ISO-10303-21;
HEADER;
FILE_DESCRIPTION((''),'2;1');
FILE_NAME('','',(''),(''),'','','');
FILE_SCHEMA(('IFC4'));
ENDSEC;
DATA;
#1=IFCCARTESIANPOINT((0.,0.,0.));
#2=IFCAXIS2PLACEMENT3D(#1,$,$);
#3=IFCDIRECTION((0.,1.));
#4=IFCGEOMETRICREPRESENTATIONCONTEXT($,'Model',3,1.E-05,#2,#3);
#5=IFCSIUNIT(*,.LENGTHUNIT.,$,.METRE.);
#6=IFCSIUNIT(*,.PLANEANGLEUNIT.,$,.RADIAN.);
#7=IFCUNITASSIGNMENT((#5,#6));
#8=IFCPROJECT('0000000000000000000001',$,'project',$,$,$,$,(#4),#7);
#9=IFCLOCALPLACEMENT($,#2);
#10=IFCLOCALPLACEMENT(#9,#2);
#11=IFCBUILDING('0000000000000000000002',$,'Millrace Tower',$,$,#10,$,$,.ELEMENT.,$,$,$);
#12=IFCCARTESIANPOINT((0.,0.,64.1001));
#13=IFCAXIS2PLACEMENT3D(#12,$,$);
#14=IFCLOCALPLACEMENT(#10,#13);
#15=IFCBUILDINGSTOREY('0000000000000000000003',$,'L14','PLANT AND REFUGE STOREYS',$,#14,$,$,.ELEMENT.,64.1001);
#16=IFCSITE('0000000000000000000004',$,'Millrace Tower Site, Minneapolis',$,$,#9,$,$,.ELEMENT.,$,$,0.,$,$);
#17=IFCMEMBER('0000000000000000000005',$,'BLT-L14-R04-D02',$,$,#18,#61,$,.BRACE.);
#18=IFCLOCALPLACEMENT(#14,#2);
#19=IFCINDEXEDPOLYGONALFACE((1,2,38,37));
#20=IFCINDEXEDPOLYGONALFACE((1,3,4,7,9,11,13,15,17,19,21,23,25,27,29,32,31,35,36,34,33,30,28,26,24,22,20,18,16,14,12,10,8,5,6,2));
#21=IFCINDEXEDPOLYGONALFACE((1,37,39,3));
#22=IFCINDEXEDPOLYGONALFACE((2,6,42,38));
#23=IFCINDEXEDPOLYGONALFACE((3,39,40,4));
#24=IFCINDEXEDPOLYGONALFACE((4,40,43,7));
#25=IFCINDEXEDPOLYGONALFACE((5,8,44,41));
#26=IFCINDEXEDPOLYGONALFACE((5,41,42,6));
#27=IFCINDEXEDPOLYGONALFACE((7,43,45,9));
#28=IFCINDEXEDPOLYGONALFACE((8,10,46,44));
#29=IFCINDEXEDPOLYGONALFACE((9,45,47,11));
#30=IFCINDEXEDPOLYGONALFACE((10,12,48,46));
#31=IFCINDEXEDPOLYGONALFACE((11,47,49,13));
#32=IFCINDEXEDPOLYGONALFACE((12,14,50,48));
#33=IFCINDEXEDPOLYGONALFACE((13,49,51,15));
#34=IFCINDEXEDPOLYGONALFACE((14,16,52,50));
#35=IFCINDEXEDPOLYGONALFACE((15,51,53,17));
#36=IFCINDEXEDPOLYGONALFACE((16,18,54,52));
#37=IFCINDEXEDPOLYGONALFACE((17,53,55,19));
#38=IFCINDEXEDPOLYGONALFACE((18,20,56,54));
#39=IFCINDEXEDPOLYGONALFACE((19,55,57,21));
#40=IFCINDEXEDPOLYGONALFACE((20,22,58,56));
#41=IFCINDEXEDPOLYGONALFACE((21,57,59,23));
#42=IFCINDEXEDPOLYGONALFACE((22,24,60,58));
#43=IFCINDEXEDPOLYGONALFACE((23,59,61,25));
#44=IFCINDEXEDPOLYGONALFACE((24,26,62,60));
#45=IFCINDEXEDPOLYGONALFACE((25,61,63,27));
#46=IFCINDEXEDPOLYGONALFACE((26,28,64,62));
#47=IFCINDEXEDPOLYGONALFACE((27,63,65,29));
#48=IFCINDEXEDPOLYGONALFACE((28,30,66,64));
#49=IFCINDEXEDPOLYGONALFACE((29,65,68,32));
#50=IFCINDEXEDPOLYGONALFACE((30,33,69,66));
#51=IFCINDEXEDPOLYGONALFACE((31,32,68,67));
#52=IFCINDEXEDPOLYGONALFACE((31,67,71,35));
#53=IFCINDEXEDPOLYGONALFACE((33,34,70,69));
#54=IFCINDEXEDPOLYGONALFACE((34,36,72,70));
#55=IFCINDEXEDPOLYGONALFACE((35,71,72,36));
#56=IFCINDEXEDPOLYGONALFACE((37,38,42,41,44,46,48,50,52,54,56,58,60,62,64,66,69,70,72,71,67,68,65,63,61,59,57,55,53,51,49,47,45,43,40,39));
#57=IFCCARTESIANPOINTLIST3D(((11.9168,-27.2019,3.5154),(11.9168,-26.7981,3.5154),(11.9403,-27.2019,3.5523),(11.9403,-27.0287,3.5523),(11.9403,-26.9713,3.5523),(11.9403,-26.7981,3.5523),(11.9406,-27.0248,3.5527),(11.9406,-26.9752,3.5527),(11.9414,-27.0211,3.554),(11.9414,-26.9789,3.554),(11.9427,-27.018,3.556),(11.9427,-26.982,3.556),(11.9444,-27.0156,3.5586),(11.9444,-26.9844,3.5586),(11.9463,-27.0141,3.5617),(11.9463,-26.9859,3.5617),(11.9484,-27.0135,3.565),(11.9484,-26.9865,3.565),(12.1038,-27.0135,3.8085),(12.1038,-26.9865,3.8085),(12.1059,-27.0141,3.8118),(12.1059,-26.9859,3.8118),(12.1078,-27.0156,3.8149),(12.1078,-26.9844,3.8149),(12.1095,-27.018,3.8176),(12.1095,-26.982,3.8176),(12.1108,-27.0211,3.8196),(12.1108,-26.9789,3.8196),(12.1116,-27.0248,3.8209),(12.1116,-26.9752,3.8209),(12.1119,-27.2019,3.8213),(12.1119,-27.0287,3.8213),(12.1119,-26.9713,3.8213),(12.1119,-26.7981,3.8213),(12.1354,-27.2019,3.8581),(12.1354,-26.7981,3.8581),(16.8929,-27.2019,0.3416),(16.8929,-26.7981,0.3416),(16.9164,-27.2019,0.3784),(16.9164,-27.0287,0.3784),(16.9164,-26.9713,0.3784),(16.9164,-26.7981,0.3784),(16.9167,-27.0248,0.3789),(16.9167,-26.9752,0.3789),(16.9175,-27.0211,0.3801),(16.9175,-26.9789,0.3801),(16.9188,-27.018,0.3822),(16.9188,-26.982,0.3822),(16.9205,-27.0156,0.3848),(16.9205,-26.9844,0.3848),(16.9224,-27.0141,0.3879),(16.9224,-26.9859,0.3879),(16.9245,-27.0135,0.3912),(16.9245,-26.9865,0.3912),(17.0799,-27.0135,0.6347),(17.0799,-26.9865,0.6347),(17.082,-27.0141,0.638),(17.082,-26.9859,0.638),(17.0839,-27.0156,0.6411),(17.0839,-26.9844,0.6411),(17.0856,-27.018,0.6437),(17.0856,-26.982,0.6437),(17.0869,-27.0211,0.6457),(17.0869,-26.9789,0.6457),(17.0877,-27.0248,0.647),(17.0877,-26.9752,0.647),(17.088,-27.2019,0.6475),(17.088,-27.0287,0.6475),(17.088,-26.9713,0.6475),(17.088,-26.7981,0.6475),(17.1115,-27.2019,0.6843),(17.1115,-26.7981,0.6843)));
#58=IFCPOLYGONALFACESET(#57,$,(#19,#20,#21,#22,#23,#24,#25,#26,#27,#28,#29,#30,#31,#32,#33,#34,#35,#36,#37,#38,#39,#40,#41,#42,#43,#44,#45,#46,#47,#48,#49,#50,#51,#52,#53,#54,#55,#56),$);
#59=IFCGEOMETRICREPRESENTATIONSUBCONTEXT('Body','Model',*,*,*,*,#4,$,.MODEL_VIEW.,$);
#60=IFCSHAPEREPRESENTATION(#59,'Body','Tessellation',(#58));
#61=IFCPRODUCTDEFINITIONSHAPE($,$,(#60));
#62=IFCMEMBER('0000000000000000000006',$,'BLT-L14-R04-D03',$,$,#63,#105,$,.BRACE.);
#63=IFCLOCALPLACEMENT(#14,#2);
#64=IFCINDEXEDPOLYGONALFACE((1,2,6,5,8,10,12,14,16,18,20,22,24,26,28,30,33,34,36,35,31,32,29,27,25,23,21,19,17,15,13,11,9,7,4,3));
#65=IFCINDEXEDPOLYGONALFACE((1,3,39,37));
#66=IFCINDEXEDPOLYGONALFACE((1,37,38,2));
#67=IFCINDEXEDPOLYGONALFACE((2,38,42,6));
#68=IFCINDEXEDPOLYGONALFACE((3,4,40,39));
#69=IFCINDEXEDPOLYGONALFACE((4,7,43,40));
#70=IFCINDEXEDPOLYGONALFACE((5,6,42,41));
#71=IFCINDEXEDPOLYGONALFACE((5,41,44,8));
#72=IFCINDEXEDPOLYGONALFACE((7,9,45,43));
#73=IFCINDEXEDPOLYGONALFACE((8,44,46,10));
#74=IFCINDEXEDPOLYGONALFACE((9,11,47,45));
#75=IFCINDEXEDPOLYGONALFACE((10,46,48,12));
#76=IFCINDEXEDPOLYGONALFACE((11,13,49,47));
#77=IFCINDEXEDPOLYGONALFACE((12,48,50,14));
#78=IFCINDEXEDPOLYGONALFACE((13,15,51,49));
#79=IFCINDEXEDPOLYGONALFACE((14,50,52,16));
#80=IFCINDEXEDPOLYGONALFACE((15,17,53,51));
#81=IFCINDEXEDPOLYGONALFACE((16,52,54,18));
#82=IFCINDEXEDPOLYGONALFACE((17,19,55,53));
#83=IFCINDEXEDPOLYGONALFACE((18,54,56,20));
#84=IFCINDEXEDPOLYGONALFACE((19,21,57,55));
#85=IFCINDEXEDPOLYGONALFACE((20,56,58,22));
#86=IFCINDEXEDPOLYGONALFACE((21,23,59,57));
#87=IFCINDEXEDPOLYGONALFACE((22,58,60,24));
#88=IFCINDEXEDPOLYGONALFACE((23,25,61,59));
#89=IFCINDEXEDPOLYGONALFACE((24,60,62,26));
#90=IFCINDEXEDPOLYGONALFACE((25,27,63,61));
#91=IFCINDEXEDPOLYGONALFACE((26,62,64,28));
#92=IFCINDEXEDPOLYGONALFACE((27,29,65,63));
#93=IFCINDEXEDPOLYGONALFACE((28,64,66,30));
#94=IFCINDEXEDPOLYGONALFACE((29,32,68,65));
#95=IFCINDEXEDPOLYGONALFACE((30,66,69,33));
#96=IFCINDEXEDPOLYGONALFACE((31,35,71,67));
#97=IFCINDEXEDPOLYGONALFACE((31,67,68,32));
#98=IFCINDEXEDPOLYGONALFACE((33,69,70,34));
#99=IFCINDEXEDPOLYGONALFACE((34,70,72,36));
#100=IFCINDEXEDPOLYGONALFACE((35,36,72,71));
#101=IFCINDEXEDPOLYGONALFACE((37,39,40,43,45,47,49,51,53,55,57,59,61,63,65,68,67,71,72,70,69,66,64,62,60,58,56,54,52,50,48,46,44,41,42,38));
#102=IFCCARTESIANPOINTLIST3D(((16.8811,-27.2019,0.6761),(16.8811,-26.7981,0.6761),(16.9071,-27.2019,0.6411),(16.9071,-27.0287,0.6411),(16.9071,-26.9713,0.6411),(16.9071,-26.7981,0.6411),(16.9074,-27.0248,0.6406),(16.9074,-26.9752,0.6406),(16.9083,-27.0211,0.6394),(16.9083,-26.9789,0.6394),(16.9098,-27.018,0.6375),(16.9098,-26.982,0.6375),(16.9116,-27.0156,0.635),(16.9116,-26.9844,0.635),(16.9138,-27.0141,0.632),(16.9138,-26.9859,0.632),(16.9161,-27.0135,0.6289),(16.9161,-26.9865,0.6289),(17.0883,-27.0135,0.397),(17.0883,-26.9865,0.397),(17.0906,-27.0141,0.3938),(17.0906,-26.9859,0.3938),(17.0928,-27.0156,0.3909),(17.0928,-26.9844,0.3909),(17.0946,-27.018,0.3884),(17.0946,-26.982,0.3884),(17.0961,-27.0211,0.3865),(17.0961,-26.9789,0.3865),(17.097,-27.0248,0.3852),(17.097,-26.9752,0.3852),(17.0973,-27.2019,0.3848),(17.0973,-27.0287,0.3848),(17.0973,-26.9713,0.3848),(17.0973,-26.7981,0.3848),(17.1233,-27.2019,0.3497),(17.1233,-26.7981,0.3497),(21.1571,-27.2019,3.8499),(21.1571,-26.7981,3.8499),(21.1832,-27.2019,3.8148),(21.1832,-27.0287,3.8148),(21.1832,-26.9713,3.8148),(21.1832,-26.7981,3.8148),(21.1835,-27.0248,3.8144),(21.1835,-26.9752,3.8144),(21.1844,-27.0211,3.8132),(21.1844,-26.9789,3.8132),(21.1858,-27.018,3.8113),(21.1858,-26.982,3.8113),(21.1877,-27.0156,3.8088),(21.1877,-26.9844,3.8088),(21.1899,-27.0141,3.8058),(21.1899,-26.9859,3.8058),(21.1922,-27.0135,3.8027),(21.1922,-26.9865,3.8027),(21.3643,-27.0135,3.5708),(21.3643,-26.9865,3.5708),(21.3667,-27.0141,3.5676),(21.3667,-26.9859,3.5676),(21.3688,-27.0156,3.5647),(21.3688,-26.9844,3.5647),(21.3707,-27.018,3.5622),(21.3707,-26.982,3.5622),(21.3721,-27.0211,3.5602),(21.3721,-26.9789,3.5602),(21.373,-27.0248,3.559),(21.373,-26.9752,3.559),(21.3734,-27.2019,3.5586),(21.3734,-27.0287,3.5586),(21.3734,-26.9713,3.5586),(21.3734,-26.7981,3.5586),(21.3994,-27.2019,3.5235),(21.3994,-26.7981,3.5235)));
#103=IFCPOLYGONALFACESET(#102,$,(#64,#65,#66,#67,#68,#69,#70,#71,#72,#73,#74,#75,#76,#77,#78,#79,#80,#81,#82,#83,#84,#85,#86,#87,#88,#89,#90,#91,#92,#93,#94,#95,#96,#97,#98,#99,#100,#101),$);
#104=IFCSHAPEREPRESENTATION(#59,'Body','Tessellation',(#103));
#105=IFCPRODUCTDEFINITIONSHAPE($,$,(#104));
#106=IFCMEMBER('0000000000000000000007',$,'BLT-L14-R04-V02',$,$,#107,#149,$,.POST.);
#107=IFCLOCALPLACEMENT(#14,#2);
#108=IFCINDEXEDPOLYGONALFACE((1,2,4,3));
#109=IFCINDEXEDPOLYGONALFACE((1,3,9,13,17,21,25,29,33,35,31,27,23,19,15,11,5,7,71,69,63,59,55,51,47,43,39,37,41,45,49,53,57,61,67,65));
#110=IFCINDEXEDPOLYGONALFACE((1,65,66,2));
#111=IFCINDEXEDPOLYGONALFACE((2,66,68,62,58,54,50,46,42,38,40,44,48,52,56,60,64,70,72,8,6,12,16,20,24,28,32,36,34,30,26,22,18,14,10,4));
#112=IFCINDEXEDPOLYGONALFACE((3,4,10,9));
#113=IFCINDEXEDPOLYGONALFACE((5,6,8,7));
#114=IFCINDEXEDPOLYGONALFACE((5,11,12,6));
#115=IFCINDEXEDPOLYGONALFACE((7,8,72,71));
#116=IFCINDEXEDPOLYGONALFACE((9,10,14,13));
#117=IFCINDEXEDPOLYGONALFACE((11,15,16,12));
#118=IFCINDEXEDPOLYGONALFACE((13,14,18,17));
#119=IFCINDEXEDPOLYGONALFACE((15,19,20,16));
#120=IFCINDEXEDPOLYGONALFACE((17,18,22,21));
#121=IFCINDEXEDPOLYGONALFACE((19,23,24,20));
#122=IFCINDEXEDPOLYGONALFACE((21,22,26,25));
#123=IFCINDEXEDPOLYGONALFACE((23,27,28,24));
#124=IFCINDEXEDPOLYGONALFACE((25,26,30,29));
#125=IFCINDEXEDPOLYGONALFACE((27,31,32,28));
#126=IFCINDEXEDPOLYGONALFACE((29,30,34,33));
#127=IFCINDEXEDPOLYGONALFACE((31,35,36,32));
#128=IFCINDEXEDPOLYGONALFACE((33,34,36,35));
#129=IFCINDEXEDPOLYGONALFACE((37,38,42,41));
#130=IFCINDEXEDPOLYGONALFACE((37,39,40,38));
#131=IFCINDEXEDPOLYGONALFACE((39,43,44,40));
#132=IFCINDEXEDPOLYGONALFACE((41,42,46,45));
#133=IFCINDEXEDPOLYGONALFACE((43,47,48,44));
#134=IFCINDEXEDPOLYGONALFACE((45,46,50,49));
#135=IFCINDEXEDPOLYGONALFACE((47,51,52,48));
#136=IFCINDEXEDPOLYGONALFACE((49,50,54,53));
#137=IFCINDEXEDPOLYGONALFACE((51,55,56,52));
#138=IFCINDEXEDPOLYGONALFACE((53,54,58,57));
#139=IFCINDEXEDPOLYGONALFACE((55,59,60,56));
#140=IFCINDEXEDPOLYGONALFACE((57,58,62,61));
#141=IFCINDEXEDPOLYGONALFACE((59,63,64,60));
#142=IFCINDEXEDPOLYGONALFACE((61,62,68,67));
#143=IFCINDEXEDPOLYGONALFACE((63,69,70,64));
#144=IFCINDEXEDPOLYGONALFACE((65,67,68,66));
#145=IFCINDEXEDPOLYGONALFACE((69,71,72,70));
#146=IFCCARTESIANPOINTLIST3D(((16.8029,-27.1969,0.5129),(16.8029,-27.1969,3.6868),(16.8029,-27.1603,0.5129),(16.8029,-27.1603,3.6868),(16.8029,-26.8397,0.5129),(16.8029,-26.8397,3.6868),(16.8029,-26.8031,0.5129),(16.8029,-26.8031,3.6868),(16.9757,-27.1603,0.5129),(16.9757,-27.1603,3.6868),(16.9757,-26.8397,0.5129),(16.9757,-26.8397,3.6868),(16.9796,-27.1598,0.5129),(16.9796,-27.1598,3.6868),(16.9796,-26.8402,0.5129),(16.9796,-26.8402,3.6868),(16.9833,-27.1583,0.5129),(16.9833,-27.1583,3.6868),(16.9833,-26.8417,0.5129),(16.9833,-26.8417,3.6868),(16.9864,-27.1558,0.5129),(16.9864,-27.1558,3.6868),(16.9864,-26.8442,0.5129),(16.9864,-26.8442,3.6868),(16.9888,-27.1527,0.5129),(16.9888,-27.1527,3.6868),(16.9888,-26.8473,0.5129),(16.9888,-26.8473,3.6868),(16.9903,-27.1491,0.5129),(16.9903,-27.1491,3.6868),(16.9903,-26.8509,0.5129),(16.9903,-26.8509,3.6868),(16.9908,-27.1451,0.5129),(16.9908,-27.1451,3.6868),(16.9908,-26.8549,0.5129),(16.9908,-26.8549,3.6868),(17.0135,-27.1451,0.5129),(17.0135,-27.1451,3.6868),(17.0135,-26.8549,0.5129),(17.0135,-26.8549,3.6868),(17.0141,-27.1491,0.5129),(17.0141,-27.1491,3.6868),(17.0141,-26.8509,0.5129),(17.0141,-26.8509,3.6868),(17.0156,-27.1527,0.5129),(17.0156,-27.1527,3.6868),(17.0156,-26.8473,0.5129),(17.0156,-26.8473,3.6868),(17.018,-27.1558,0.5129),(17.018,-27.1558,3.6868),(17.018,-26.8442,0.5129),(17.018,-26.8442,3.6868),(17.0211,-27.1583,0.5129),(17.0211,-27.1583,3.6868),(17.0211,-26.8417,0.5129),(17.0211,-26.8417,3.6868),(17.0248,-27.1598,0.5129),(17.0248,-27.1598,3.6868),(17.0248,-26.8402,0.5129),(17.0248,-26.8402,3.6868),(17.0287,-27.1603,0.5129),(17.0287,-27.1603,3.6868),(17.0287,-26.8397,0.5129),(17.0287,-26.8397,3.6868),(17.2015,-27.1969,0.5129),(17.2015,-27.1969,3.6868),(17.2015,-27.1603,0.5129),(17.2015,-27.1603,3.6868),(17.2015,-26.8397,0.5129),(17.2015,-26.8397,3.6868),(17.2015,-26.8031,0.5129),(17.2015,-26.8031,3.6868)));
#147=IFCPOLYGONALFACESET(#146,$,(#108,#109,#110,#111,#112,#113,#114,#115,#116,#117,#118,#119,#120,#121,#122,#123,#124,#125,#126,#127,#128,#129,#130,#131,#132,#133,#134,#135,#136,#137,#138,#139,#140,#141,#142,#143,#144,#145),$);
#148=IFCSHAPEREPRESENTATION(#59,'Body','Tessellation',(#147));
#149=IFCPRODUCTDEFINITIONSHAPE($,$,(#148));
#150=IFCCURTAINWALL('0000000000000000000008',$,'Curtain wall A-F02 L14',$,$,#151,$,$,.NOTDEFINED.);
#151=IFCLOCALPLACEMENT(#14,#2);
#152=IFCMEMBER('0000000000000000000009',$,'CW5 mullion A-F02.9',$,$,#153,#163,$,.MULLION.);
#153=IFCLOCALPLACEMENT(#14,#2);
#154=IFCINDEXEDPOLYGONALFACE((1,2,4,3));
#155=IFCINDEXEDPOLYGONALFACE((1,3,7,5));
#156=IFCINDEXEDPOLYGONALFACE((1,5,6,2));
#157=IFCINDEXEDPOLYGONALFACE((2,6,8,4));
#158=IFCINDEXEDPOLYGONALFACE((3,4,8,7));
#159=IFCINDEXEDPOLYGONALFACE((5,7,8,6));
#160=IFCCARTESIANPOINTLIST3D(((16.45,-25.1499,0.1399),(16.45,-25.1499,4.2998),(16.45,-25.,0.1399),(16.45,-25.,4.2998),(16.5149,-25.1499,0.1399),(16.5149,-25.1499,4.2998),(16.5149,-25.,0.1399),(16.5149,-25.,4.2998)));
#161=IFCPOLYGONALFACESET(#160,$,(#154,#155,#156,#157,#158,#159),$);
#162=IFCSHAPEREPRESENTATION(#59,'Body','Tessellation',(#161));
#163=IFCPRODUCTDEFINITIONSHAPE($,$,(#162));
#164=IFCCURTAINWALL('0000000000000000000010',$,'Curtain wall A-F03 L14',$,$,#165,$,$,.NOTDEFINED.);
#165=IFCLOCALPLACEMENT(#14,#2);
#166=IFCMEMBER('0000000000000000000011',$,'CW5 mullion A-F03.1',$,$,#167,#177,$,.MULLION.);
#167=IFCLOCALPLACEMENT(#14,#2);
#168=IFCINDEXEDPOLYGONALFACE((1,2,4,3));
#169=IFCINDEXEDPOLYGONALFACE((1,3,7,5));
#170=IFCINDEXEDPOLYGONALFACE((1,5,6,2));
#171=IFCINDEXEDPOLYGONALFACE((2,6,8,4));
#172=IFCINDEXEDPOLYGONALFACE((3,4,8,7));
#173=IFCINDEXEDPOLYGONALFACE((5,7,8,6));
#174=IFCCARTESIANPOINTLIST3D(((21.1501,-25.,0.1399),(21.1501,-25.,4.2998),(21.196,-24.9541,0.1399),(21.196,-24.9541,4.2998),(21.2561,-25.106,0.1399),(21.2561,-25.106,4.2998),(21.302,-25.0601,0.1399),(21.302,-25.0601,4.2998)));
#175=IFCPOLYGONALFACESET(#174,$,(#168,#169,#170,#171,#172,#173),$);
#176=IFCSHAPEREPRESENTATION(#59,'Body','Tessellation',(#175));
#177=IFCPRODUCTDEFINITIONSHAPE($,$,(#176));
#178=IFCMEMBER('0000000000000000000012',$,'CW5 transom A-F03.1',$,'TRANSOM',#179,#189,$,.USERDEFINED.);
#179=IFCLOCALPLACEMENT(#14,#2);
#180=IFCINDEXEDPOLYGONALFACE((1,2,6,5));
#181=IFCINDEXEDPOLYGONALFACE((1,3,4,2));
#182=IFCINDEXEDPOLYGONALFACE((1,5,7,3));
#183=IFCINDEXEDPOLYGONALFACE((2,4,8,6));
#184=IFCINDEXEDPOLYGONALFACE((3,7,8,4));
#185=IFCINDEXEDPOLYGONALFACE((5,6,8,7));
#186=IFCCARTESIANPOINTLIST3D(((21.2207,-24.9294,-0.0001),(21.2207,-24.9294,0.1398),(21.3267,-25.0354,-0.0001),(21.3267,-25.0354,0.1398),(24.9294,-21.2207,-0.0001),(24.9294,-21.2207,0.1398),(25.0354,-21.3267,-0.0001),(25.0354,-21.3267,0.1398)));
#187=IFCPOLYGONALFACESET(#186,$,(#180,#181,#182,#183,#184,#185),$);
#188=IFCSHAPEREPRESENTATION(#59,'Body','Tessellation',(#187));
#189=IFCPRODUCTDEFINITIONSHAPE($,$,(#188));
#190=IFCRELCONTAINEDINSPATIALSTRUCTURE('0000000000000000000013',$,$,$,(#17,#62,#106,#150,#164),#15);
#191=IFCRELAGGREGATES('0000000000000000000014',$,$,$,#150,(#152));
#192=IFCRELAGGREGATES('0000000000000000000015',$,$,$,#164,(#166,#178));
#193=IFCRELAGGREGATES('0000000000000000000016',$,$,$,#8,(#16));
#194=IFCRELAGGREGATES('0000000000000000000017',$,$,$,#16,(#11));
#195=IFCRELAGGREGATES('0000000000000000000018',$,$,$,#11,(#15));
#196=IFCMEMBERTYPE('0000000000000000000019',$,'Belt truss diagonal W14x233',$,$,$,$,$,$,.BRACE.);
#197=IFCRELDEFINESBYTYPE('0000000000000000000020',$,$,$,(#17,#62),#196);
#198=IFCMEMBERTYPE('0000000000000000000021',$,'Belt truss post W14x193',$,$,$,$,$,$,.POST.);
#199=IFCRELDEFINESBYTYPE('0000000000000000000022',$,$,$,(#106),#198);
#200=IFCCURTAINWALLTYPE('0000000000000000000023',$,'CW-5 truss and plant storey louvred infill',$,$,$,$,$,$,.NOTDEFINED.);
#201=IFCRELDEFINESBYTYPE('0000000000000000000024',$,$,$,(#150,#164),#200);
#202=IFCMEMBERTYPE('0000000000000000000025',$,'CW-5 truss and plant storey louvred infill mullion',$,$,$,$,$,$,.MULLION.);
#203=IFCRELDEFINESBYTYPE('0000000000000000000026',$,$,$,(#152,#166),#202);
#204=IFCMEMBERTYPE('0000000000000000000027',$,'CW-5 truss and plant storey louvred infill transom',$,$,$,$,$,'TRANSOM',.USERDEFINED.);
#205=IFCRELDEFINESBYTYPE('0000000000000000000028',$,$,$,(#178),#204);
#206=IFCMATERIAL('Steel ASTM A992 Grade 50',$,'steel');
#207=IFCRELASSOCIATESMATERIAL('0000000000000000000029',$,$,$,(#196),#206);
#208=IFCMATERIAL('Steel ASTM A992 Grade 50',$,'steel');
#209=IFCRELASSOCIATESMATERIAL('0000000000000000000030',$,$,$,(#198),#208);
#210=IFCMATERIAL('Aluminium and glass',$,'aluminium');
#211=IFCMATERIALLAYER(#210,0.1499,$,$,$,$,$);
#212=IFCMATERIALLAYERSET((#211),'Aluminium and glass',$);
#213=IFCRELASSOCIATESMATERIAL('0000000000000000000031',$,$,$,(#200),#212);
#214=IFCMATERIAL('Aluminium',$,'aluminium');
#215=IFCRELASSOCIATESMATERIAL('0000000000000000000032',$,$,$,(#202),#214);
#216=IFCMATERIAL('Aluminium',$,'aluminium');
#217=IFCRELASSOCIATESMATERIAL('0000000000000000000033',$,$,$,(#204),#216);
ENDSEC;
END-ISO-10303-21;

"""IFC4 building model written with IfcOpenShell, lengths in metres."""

from ifc_helpers import new_model, si_unit, direction, frame, origin, origin_2d, place, context, subcontext, project, spatial, rectangle, i_section, extrude, material, layer, layer_set, material_profile, profile_set, type_object, element, aggregate, save


model = new_model("IFC4")

# Units and contexts
model_context = context("Model", 3, precision=1e-05, world=origin(), true_north=direction((0.0, 1.0)))
body_context = subcontext(model_context, "Body", "Model", "MODEL_VIEW")
ifc_project = project(units=[si_unit("LENGTHUNIT", "METRE"), si_unit("PLANEANGLEUNIT", "RADIAN")], contexts=[model_context])

# Site, building, storey
site_placement = place(None, origin())
site = spatial("IfcSite", under=ifc_project, at=site_placement, Name="Millrace Tower Site, Minneapolis", CompositionType="ELEMENT", RefElevation=0.0)
building_placement = place(site_placement, origin())
building = spatial("IfcBuilding", under=site, at=building_placement, Name="Millrace Tower", CompositionType="ELEMENT")
storey_placement = place(building_placement, frame((0.0, 0.0, 64.1001)))
storey = spatial("IfcBuildingStorey", under=building, at=storey_placement, Name="L14", Description="PLANT AND REFUGE STOREYS", CompositionType="ELEMENT", Elevation=64.1001)

# Members
ifc_material_1 = material(Name="Steel ASTM A992 Grade 50", Category="steel")
ifc_material_profile_1 = material_profile(ifc_material_1, i_section(OverallWidth=0.4038, OverallDepth=0.4065, WebThickness=0.0271, FlangeThickness=0.0437, FilletRadius=0.0151, at=origin_2d()))
ifc_profile_set_1 = profile_set([ifc_material_profile_1], Name="Steel ASTM A992 Grade 50")
member_type_1 = type_object("IfcMemberType", Name="Belt truss diagonal W14x233", PredefinedType="BRACE", material=ifc_profile_set_1)
member_1_placement = place(storey_placement, frame((17.0022, -27.0, 0.5129), z_axis=(-0.843106, 0.0, 0.537748), x_axis=(0.0, -1.0, 0.0)))
element("IfcMember", 1, at=member_1_placement, inside=storey, type_object=member_type_1, Name="BLT-L14-R04-D02", PredefinedType="BRACE", context=body_context, shape_type="SweptSolid", body=[
    extrude(i_section(OverallWidth=0.4038, OverallDepth=0.4065, WebThickness=0.0271, FlangeThickness=0.0437, FilletRadius=0.0151, at=origin_2d()), origin(), (0.0, 0.0, 1.0), 5.9021),
])
member_2_placement = place(storey_placement, frame((17.0022, -27.0, 0.5129), z_axis=(0.802988, 0.0, 0.595995), x_axis=(0.0, 1.0, 0.0)))
element("IfcMember", 2, at=member_2_placement, inside=storey, type_object=member_type_1, Name="BLT-L14-R04-D03", PredefinedType="BRACE", context=body_context, shape_type="SweptSolid", body=[
    extrude(i_section(OverallWidth=0.4038, OverallDepth=0.4065, WebThickness=0.0271, FlangeThickness=0.0437, FilletRadius=0.0151, at=origin_2d()), origin(), (0.0, 0.0, 1.0), 5.3252),
])
ifc_material_2 = material(Name="Steel ASTM A992 Grade 50", Category="steel")
ifc_material_profile_2 = material_profile(ifc_material_2, i_section(OverallWidth=0.3987, OverallDepth=0.3938, WebThickness=0.0227, FlangeThickness=0.0366, FilletRadius=0.0151, at=origin_2d()))
ifc_profile_set_2 = profile_set([ifc_material_profile_2], Name="Steel ASTM A992 Grade 50")
member_type_2 = type_object("IfcMemberType", Name="Belt truss post W14x193", PredefinedType="POST", material=ifc_profile_set_2)
member_3_placement = place(storey_placement, frame((17.0022, -27.0, 0.5129), z_axis=(0.0, 0.0, 1.0), x_axis=(1.0, 0.0, 0.0)))
element("IfcMember", 3, at=member_3_placement, inside=storey, type_object=member_type_2, Name="BLT-L14-R04-V02", PredefinedType="POST", context=body_context, shape_type="SweptSolid", body=[
    extrude(i_section(OverallWidth=0.3987, OverallDepth=0.3938, WebThickness=0.0227, FlangeThickness=0.0366, FilletRadius=0.0151, at=origin_2d()), origin(), (0.0, 0.0, 1.0), 3.1738),
])

# Curtain wall, member
ifc_material_3 = material(Name="Aluminium and glass", Category="aluminium")
ifc_layer_1 = layer(ifc_material_3, 0.1499)
ifc_layer_set_1 = layer_set([ifc_layer_1], Name="Aluminium and glass")
curtain_wall_type = type_object("IfcCurtainWallType", Name="CW-5 truss and plant storey louvred infill", PredefinedType="NOTDEFINED", material=ifc_layer_set_1)
placement = place(storey_placement, origin())
curtain_wall_1 = element("IfcCurtainWall", 4, at=placement, inside=storey, type_object=curtain_wall_type, Name="Curtain wall A-F02 L14", PredefinedType="NOTDEFINED")
ifc_material_4 = material(Name="Aluminium", Category="aluminium")
ifc_material_profile_3 = material_profile(ifc_material_4, rectangle(XDim=0.0649, YDim=0.1499, at=origin_2d()))
ifc_profile_set_3 = profile_set([ifc_material_profile_3], Name="Aluminium")
member_type_3 = type_object("IfcMemberType", Name="CW-5 truss and plant storey louvred infill mullion", PredefinedType="MULLION", material=ifc_profile_set_3)
member_4_placement = place(storey_placement, frame((16.4824, -25.075, 0.1399), z_axis=(0.0, 0.0, 1.0), x_axis=(1.0, 0.0, 0.0)))
member_4 = element("IfcMember", 5, at=member_4_placement, type_object=member_type_3, Name="CW5 mullion A-F02.9", PredefinedType="MULLION", context=body_context, shape_type="SweptSolid", body=[
    extrude(rectangle(XDim=0.0649, YDim=0.1499, at=origin_2d()), origin(), (0.0, 0.0, 1.0), 4.1599),
])
aggregate(curtain_wall_1, [member_4])

# Curtain wall, members
curtain_wall_2 = element("IfcCurtainWall", 6, at=placement, inside=storey, type_object=curtain_wall_type, Name="Curtain wall A-F03 L14", PredefinedType="NOTDEFINED")
member_5_placement = place(storey_placement, frame((21.2261, -25.03, 0.1399), z_axis=(0.0, 0.0, 1.0), x_axis=(0.707107, 0.707107, 0.0)))
member_5 = element("IfcMember", 7, at=member_5_placement, type_object=member_type_3, Name="CW5 mullion A-F03.1", PredefinedType="MULLION", context=body_context, shape_type="SweptSolid", body=[
    extrude(rectangle(XDim=0.0649, YDim=0.1499, at=origin_2d()), origin(), (0.0, 0.0, 1.0), 4.1599),
])
ifc_material_5 = material(Name="Aluminium", Category="aluminium")
ifc_material_profile_4 = material_profile(ifc_material_5, rectangle(XDim=0.1499, YDim=0.1399, at=origin_2d()))
ifc_profile_set_4 = profile_set([ifc_material_profile_4], Name="Aluminium")
member_type_4 = type_object("IfcMemberType", Name="CW-5 truss and plant storey louvred infill transom", ElementType="TRANSOM", PredefinedType="USERDEFINED", material=ifc_profile_set_4)
member_6_placement = place(storey_placement, frame((21.2737, -24.9824, 0.0698), z_axis=(0.707107, 0.707107, 0.0), x_axis=(-0.707107, 0.707107, 0.0)))
member_6 = element("IfcMember", 8, at=member_6_placement, type_object=member_type_4, Name="CW5 transom A-F03.1", ObjectType="TRANSOM", PredefinedType="USERDEFINED", context=body_context, shape_type="SweptSolid", body=[
    extrude(rectangle(XDim=0.1499, YDim=0.1399, at=origin_2d()), origin(), (0.0, 0.0, 1.0), 5.2449),
])
aggregate(curtain_wall_2, [member_5, member_6])

save(model, "model.ifc")
